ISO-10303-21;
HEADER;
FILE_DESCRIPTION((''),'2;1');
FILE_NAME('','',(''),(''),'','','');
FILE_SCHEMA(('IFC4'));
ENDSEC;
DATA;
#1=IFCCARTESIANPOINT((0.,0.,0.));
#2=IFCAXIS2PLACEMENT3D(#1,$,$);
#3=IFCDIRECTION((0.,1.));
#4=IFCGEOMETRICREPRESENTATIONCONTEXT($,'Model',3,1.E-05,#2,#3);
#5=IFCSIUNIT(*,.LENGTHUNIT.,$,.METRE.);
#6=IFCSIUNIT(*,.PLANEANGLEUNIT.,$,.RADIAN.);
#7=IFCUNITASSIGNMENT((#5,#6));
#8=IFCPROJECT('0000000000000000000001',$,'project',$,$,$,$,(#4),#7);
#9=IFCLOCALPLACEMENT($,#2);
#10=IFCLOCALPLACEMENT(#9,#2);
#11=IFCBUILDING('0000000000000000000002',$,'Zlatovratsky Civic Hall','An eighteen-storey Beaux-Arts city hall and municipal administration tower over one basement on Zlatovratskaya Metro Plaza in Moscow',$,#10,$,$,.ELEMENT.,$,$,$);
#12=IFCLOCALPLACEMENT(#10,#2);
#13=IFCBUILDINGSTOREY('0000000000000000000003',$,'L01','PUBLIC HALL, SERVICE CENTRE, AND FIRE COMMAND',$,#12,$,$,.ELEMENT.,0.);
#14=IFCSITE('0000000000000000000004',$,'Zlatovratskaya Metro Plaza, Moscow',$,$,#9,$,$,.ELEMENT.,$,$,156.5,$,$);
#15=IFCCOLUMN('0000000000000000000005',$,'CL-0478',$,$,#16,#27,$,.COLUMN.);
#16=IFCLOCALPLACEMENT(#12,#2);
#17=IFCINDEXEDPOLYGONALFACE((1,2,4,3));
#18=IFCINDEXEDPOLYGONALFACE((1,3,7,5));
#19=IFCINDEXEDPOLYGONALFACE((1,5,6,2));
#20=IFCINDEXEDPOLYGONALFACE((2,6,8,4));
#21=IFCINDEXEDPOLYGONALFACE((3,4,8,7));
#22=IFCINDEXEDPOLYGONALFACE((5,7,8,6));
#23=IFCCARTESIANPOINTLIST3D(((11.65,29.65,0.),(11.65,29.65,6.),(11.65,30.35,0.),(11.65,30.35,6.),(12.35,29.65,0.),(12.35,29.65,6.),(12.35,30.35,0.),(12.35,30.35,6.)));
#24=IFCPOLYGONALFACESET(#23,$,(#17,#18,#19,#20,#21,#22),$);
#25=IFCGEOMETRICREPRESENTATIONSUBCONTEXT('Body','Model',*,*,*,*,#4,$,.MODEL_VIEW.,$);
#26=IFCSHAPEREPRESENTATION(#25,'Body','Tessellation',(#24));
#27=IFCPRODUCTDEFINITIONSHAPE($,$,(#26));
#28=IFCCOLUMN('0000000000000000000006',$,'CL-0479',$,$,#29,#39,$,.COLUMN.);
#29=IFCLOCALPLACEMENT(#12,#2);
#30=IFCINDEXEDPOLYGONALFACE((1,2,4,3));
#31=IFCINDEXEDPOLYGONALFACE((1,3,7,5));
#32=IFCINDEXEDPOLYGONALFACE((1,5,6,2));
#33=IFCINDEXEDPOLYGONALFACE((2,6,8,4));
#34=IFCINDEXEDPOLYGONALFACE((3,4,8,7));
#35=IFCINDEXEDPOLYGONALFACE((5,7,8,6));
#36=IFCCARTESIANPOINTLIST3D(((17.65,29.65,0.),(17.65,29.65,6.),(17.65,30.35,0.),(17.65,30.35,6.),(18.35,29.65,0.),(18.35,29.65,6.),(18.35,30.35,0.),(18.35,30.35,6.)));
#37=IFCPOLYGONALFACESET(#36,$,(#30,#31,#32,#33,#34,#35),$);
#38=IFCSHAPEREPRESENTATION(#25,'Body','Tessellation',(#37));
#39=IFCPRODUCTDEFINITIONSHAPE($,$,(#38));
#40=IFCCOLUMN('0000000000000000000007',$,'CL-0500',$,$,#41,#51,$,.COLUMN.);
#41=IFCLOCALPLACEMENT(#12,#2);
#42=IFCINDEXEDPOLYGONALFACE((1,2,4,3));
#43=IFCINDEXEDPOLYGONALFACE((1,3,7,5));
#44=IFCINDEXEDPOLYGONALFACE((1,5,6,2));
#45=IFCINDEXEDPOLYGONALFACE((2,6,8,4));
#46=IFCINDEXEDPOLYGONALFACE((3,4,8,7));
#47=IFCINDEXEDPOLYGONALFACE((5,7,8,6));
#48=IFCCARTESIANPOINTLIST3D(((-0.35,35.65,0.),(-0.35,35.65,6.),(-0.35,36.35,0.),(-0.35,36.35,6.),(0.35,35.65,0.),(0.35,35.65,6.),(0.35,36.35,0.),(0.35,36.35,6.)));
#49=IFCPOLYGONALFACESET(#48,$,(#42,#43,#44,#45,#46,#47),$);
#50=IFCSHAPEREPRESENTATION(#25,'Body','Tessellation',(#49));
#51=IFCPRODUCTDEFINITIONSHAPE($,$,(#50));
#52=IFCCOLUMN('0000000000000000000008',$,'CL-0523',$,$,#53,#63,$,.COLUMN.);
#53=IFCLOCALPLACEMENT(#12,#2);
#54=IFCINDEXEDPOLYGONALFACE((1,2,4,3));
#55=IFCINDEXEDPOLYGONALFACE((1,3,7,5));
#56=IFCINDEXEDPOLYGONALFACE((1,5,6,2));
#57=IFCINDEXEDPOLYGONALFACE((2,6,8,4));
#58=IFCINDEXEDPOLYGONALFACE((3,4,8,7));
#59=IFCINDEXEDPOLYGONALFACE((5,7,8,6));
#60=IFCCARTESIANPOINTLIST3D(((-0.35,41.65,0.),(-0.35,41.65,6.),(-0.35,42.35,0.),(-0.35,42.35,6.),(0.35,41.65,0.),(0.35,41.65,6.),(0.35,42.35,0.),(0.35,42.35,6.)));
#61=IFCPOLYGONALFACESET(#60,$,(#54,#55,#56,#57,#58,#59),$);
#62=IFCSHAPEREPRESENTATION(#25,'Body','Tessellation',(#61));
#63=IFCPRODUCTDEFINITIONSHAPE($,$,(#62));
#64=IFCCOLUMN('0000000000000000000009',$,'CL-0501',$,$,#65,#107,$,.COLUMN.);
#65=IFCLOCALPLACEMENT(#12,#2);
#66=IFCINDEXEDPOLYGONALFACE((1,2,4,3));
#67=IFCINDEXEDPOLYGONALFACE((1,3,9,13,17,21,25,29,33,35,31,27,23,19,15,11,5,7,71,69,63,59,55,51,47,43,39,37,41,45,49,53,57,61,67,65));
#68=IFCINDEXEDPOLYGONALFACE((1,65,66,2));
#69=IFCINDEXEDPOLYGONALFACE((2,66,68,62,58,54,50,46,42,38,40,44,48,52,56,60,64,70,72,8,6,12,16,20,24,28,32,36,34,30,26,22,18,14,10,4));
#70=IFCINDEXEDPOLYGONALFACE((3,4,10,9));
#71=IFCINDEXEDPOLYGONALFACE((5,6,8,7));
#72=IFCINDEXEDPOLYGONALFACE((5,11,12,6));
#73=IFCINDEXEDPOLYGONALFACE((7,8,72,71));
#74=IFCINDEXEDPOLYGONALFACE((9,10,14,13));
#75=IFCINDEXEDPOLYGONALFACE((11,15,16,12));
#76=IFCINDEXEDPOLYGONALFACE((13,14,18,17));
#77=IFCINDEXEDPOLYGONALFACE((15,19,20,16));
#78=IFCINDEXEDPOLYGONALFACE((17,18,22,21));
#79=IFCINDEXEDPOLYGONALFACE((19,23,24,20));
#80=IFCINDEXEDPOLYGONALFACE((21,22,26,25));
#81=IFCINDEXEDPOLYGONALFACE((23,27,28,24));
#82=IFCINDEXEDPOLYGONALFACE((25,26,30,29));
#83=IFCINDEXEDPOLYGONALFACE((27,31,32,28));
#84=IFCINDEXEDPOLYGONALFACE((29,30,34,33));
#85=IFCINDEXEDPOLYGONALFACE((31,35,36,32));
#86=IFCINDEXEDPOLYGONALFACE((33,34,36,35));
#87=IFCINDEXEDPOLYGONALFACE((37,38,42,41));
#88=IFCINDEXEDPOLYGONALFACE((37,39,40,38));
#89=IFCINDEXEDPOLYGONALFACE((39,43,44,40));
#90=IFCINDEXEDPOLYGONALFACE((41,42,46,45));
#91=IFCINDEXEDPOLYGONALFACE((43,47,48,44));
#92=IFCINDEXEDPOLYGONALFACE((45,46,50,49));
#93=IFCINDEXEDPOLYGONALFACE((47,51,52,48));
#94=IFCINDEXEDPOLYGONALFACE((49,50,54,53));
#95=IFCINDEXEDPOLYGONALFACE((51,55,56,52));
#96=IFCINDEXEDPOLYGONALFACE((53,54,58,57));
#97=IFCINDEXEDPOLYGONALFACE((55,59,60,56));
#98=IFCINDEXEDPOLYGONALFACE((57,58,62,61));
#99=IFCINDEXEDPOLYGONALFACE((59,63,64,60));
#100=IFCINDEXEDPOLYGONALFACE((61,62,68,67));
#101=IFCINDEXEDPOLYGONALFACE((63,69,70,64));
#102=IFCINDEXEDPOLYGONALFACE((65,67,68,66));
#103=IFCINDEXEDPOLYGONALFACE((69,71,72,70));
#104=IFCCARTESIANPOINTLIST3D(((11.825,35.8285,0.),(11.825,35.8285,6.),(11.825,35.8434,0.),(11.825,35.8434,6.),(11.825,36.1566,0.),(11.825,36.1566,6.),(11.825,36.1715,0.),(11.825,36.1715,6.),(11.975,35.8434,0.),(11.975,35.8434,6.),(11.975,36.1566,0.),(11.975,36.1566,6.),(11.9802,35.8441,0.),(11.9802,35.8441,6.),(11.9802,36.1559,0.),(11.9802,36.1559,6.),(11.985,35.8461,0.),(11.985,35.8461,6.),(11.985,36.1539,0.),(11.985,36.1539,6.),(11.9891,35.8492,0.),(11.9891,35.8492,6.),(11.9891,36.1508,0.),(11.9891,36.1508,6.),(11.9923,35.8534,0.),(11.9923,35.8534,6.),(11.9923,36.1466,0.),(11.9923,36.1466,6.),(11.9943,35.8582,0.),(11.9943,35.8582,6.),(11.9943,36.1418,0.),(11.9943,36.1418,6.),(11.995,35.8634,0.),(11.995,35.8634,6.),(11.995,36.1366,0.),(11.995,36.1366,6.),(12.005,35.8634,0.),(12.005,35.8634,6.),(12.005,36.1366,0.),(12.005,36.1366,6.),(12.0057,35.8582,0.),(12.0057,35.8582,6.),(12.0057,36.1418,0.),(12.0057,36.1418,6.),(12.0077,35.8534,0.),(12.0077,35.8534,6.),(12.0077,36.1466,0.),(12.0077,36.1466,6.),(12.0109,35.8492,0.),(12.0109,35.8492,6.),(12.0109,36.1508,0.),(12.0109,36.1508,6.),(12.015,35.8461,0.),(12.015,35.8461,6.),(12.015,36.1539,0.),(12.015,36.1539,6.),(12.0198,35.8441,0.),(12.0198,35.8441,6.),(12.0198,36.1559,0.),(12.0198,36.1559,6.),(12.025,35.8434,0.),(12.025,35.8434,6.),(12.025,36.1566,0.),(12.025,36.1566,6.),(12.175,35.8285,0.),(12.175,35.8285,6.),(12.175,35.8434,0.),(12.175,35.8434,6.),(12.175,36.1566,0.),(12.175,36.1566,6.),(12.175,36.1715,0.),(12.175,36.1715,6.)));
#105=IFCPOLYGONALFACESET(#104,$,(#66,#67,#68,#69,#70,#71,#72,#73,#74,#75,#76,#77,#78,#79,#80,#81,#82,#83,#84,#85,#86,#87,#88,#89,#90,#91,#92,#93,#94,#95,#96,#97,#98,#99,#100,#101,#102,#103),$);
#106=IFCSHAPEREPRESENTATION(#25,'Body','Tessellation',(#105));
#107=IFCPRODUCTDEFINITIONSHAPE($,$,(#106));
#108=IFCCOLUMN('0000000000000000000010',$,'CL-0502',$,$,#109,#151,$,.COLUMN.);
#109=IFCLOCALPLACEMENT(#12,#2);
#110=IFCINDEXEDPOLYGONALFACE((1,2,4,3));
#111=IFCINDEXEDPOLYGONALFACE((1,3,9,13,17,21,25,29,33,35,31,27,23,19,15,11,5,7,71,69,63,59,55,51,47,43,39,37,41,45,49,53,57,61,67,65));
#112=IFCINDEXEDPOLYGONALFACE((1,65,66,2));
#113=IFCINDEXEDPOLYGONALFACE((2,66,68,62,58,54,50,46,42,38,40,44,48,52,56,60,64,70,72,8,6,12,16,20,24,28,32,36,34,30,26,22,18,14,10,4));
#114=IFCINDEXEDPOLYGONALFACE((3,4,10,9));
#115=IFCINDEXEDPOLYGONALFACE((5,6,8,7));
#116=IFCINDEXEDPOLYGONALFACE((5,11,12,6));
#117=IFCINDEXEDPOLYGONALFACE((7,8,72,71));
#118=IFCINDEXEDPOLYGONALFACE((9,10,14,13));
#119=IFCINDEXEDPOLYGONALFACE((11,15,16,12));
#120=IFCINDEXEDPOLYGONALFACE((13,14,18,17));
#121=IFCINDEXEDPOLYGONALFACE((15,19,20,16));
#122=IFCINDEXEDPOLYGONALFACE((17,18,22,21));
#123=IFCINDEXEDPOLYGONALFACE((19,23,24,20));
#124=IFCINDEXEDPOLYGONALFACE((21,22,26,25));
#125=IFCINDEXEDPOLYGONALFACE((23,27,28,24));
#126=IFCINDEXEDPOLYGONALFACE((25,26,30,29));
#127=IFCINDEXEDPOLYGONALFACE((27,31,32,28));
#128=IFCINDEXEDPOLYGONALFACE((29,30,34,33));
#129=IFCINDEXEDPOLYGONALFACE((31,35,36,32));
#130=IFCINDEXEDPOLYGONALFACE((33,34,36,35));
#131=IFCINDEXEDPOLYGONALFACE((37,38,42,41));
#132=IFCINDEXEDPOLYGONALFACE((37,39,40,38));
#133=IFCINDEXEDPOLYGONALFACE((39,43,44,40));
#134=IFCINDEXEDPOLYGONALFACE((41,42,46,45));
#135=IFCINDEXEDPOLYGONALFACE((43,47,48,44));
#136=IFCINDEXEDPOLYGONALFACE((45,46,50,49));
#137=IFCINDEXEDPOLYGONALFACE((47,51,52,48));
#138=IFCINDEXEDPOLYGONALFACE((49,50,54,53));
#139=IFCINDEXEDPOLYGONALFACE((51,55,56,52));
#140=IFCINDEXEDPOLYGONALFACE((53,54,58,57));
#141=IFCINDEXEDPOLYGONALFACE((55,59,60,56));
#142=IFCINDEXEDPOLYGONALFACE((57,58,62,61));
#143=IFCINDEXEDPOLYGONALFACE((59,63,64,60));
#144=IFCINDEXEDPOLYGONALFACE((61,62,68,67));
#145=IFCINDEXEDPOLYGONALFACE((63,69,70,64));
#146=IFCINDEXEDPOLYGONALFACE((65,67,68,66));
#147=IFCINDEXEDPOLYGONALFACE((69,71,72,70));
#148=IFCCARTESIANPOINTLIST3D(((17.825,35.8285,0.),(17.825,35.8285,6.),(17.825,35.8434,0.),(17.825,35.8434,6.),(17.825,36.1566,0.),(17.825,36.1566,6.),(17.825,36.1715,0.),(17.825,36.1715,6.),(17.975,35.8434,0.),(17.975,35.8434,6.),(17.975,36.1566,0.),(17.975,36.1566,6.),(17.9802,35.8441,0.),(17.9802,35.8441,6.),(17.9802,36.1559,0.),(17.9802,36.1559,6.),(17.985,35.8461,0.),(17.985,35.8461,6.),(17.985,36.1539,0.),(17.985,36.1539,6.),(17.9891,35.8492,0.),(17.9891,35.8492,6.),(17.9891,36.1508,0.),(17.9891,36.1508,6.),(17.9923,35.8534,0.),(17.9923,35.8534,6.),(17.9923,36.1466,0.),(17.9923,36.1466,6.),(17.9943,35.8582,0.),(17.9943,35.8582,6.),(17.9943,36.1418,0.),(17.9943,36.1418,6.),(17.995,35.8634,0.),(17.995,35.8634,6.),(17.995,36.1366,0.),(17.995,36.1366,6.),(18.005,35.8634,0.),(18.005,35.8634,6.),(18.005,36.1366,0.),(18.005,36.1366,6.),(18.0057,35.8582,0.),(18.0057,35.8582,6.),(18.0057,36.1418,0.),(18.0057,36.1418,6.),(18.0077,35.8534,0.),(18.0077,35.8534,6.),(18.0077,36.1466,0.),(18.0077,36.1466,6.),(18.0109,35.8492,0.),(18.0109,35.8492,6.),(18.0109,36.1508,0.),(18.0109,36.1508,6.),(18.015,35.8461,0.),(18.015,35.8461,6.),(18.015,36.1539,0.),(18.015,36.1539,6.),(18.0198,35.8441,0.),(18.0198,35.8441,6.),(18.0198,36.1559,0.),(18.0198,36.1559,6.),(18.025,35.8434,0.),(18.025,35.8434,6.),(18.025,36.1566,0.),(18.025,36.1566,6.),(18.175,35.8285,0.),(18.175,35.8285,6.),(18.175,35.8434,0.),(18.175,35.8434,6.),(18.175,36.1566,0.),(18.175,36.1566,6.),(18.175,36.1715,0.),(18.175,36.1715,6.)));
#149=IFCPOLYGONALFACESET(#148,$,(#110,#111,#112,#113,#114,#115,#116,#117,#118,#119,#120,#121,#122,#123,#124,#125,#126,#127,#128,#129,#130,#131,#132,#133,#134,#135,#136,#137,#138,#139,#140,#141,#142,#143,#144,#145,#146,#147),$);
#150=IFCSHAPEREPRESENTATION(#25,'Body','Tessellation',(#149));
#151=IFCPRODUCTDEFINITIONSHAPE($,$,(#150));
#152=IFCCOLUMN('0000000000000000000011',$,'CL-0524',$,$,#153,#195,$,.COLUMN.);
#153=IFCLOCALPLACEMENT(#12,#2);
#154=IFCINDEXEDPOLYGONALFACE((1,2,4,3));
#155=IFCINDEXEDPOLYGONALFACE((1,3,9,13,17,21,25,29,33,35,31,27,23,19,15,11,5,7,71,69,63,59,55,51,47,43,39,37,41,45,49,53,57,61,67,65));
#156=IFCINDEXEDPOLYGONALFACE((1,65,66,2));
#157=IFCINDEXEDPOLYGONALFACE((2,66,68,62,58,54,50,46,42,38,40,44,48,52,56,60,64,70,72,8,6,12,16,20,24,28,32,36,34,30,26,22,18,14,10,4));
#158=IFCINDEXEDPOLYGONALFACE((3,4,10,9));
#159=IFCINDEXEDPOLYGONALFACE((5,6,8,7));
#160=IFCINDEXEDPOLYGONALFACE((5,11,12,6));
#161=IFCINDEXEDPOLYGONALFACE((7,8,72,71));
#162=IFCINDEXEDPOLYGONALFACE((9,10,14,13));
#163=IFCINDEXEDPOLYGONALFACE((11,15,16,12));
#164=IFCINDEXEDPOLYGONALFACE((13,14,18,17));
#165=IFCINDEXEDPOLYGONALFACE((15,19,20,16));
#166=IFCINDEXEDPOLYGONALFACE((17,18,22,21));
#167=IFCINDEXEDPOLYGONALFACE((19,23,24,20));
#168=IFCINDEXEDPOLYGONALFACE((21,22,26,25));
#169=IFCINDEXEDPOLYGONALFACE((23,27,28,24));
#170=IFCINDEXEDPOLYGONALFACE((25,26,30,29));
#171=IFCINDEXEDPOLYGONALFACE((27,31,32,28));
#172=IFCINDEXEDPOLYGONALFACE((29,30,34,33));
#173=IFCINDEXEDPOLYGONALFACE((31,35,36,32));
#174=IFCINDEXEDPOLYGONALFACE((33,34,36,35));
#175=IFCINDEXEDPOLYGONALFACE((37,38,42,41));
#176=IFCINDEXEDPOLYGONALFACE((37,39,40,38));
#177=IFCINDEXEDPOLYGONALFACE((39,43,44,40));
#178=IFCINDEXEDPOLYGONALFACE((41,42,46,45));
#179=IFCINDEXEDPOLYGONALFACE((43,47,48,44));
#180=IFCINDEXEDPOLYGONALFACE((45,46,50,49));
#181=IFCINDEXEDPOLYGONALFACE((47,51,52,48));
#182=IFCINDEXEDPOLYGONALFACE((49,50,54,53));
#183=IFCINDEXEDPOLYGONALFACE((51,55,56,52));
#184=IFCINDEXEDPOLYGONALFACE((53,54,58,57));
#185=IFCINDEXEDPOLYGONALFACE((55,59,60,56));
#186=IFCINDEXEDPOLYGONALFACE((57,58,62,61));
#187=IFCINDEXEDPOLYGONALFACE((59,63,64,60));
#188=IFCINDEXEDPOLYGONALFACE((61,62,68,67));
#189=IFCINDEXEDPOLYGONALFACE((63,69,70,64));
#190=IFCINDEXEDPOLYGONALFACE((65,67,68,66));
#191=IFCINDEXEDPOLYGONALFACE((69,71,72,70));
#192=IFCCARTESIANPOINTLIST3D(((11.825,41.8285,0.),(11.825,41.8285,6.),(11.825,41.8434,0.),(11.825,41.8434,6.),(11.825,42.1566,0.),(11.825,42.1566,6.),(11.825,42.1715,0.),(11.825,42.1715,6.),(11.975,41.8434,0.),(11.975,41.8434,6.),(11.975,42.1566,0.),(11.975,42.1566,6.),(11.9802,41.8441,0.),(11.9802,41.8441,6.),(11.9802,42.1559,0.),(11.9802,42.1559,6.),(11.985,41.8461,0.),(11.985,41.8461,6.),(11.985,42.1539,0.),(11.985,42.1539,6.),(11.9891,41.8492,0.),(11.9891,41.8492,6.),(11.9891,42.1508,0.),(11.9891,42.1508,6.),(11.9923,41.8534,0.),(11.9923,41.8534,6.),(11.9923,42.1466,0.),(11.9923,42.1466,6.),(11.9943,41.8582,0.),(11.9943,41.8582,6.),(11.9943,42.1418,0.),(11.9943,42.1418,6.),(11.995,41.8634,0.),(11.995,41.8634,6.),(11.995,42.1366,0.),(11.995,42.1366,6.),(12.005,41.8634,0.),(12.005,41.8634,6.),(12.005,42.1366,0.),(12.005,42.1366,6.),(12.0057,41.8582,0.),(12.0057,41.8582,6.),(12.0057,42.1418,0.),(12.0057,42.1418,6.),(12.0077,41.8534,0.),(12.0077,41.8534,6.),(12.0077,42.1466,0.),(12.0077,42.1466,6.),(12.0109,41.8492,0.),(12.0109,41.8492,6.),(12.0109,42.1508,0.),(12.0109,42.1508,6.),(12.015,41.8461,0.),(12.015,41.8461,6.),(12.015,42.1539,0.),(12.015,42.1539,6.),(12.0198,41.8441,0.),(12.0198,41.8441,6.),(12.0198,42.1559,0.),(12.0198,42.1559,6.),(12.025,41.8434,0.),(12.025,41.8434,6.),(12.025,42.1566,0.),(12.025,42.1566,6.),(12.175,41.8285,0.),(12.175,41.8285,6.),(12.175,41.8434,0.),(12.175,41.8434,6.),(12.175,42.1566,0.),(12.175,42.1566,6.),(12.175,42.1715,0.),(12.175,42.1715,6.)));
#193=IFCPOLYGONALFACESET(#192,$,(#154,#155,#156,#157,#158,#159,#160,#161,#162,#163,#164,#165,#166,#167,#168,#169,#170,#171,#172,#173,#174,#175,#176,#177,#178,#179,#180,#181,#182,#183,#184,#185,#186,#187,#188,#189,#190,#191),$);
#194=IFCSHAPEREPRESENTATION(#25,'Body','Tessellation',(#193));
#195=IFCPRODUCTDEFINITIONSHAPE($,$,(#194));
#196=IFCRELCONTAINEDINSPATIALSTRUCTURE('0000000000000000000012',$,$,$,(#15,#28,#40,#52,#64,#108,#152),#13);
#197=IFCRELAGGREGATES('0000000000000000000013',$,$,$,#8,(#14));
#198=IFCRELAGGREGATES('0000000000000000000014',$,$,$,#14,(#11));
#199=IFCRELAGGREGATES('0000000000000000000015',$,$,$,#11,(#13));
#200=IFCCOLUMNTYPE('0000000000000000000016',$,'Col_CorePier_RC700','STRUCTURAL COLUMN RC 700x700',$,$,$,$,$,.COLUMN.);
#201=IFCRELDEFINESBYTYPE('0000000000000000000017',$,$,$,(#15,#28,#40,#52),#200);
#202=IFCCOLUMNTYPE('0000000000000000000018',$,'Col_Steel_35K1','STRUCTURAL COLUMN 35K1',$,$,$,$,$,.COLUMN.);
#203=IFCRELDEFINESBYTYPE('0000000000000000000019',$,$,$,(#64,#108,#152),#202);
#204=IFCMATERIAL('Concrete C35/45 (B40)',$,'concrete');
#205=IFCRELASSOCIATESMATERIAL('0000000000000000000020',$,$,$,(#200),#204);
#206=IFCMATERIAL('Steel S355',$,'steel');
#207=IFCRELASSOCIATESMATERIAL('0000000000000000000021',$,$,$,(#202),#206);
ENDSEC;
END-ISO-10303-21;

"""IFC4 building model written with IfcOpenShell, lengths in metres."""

from ifc_helpers import new_model, si_unit, direction, frame, origin, origin_2d, place, context, subcontext, project, spatial, rectangle, i_section, extrude, material, material_profile, profile_set, type_object, element, save


model = new_model("IFC4")

# Units and contexts
model_context = context("Model", 3, precision=1e-05, world=origin(), true_north=direction((0.0, 1.0)))
body_context = subcontext(model_context, "Body", "Model", "MODEL_VIEW")
ifc_project = project(units=[si_unit("LENGTHUNIT", "METRE"), si_unit("PLANEANGLEUNIT", "RADIAN")], contexts=[model_context])

# Site, building, storey
site_placement = place(None, origin())
site = spatial("IfcSite", under=ifc_project, at=site_placement, Name="Zlatovratskaya Metro Plaza, Moscow", CompositionType="ELEMENT", RefElevation=156.5)
building_placement = place(site_placement, origin())
building = spatial("IfcBuilding", under=site, at=building_placement, Name="Zlatovratsky Civic Hall", Description="An eighteen-storey Beaux-Arts city hall and municipal administration tower over one basement on Zlatovratskaya Metro Plaza in Moscow", CompositionType="ELEMENT")
storey_placement = place(building_placement, origin())
storey = spatial("IfcBuildingStorey", under=building, at=storey_placement, Name="L01", Description="PUBLIC HALL, SERVICE CENTRE, AND FIRE COMMAND", CompositionType="ELEMENT", Elevation=0.0)

# Columns
ifc_material_1 = material(Name="Concrete C35/45 (B40)", Category="concrete")
ifc_material_profile_1 = material_profile(ifc_material_1, rectangle(XDim=0.7, YDim=0.7, at=origin_2d()), Name="RC 700x700")
ifc_profile_set_1 = profile_set([ifc_material_profile_1], Name="Concrete C35/45 (B40)")
column_type_1 = type_object("IfcColumnType", Name="Col_CorePier_RC700", Description="STRUCTURAL COLUMN RC 700x700", PredefinedType="COLUMN", material=ifc_profile_set_1)
for number, where, z_axis, x_axis, name in (
    (1, (12.0, 30.0, 0.0), (0.0, 0.0, 1.0), (1.0, 0.0, 0.0), "CL-0478"),
    (2, (18.0, 30.0, 0.0), (0.0, 0.0, 1.0), (1.0, 0.0, 0.0), "CL-0479"),
    (3, (0.0, 36.0, 0.0), (0.0, 0.0, 1.0), (1.0, 0.0, 0.0), "CL-0500"),
    (4, (0.0, 42.0, 0.0), (0.0, 0.0, 1.0), (1.0, 0.0, 0.0), "CL-0523"),
):
    element("IfcColumn", number, at=place(storey_placement, frame(where, z_axis=z_axis, x_axis=x_axis)), inside=storey, type_object=column_type_1, Name=name, PredefinedType="COLUMN", context=body_context, shape_type="SweptSolid", body=[
        extrude(rectangle(XDim=0.7, YDim=0.7, at=origin_2d()), origin(), (0.0, 0.0, 1.0), 6.0),
    ])
ifc_material_2 = material(Name="Steel S355", Category="steel")
ifc_material_profile_2 = material_profile(ifc_material_2, i_section(OverallWidth=0.3501, OverallDepth=0.343, WebThickness=0.01, FlangeThickness=0.0149, FilletRadius=0.02, at=origin_2d()), Name="35K1")
ifc_profile_set_2 = profile_set([ifc_material_profile_2], Name="Steel S355")
column_type_2 = type_object("IfcColumnType", Name="Col_Steel_35K1", Description="STRUCTURAL COLUMN 35K1", PredefinedType="COLUMN", material=ifc_profile_set_2)
for number, where, z_axis, x_axis, name in (
    (5, (12.0, 36.0, 0.0), (0.0, 0.0, 1.0), (1.0, 0.0, 0.0), "CL-0501"),
    (6, (18.0, 36.0, 0.0), (0.0, 0.0, 1.0), (1.0, 0.0, 0.0), "CL-0502"),
    (7, (12.0, 42.0, 0.0), (0.0, 0.0, 1.0), (1.0, 0.0, 0.0), "CL-0524"),
):
    element("IfcColumn", number, at=place(storey_placement, frame(where, z_axis=z_axis, x_axis=x_axis)), inside=storey, type_object=column_type_2, Name=name, PredefinedType="COLUMN", context=body_context, shape_type="SweptSolid", body=[
        extrude(i_section(OverallWidth=0.3501, OverallDepth=0.343, WebThickness=0.01, FlangeThickness=0.0149, FilletRadius=0.02, at=origin_2d()), origin(), (0.0, 0.0, 1.0), 6.0),
    ])

save(model, "model.ifc")
